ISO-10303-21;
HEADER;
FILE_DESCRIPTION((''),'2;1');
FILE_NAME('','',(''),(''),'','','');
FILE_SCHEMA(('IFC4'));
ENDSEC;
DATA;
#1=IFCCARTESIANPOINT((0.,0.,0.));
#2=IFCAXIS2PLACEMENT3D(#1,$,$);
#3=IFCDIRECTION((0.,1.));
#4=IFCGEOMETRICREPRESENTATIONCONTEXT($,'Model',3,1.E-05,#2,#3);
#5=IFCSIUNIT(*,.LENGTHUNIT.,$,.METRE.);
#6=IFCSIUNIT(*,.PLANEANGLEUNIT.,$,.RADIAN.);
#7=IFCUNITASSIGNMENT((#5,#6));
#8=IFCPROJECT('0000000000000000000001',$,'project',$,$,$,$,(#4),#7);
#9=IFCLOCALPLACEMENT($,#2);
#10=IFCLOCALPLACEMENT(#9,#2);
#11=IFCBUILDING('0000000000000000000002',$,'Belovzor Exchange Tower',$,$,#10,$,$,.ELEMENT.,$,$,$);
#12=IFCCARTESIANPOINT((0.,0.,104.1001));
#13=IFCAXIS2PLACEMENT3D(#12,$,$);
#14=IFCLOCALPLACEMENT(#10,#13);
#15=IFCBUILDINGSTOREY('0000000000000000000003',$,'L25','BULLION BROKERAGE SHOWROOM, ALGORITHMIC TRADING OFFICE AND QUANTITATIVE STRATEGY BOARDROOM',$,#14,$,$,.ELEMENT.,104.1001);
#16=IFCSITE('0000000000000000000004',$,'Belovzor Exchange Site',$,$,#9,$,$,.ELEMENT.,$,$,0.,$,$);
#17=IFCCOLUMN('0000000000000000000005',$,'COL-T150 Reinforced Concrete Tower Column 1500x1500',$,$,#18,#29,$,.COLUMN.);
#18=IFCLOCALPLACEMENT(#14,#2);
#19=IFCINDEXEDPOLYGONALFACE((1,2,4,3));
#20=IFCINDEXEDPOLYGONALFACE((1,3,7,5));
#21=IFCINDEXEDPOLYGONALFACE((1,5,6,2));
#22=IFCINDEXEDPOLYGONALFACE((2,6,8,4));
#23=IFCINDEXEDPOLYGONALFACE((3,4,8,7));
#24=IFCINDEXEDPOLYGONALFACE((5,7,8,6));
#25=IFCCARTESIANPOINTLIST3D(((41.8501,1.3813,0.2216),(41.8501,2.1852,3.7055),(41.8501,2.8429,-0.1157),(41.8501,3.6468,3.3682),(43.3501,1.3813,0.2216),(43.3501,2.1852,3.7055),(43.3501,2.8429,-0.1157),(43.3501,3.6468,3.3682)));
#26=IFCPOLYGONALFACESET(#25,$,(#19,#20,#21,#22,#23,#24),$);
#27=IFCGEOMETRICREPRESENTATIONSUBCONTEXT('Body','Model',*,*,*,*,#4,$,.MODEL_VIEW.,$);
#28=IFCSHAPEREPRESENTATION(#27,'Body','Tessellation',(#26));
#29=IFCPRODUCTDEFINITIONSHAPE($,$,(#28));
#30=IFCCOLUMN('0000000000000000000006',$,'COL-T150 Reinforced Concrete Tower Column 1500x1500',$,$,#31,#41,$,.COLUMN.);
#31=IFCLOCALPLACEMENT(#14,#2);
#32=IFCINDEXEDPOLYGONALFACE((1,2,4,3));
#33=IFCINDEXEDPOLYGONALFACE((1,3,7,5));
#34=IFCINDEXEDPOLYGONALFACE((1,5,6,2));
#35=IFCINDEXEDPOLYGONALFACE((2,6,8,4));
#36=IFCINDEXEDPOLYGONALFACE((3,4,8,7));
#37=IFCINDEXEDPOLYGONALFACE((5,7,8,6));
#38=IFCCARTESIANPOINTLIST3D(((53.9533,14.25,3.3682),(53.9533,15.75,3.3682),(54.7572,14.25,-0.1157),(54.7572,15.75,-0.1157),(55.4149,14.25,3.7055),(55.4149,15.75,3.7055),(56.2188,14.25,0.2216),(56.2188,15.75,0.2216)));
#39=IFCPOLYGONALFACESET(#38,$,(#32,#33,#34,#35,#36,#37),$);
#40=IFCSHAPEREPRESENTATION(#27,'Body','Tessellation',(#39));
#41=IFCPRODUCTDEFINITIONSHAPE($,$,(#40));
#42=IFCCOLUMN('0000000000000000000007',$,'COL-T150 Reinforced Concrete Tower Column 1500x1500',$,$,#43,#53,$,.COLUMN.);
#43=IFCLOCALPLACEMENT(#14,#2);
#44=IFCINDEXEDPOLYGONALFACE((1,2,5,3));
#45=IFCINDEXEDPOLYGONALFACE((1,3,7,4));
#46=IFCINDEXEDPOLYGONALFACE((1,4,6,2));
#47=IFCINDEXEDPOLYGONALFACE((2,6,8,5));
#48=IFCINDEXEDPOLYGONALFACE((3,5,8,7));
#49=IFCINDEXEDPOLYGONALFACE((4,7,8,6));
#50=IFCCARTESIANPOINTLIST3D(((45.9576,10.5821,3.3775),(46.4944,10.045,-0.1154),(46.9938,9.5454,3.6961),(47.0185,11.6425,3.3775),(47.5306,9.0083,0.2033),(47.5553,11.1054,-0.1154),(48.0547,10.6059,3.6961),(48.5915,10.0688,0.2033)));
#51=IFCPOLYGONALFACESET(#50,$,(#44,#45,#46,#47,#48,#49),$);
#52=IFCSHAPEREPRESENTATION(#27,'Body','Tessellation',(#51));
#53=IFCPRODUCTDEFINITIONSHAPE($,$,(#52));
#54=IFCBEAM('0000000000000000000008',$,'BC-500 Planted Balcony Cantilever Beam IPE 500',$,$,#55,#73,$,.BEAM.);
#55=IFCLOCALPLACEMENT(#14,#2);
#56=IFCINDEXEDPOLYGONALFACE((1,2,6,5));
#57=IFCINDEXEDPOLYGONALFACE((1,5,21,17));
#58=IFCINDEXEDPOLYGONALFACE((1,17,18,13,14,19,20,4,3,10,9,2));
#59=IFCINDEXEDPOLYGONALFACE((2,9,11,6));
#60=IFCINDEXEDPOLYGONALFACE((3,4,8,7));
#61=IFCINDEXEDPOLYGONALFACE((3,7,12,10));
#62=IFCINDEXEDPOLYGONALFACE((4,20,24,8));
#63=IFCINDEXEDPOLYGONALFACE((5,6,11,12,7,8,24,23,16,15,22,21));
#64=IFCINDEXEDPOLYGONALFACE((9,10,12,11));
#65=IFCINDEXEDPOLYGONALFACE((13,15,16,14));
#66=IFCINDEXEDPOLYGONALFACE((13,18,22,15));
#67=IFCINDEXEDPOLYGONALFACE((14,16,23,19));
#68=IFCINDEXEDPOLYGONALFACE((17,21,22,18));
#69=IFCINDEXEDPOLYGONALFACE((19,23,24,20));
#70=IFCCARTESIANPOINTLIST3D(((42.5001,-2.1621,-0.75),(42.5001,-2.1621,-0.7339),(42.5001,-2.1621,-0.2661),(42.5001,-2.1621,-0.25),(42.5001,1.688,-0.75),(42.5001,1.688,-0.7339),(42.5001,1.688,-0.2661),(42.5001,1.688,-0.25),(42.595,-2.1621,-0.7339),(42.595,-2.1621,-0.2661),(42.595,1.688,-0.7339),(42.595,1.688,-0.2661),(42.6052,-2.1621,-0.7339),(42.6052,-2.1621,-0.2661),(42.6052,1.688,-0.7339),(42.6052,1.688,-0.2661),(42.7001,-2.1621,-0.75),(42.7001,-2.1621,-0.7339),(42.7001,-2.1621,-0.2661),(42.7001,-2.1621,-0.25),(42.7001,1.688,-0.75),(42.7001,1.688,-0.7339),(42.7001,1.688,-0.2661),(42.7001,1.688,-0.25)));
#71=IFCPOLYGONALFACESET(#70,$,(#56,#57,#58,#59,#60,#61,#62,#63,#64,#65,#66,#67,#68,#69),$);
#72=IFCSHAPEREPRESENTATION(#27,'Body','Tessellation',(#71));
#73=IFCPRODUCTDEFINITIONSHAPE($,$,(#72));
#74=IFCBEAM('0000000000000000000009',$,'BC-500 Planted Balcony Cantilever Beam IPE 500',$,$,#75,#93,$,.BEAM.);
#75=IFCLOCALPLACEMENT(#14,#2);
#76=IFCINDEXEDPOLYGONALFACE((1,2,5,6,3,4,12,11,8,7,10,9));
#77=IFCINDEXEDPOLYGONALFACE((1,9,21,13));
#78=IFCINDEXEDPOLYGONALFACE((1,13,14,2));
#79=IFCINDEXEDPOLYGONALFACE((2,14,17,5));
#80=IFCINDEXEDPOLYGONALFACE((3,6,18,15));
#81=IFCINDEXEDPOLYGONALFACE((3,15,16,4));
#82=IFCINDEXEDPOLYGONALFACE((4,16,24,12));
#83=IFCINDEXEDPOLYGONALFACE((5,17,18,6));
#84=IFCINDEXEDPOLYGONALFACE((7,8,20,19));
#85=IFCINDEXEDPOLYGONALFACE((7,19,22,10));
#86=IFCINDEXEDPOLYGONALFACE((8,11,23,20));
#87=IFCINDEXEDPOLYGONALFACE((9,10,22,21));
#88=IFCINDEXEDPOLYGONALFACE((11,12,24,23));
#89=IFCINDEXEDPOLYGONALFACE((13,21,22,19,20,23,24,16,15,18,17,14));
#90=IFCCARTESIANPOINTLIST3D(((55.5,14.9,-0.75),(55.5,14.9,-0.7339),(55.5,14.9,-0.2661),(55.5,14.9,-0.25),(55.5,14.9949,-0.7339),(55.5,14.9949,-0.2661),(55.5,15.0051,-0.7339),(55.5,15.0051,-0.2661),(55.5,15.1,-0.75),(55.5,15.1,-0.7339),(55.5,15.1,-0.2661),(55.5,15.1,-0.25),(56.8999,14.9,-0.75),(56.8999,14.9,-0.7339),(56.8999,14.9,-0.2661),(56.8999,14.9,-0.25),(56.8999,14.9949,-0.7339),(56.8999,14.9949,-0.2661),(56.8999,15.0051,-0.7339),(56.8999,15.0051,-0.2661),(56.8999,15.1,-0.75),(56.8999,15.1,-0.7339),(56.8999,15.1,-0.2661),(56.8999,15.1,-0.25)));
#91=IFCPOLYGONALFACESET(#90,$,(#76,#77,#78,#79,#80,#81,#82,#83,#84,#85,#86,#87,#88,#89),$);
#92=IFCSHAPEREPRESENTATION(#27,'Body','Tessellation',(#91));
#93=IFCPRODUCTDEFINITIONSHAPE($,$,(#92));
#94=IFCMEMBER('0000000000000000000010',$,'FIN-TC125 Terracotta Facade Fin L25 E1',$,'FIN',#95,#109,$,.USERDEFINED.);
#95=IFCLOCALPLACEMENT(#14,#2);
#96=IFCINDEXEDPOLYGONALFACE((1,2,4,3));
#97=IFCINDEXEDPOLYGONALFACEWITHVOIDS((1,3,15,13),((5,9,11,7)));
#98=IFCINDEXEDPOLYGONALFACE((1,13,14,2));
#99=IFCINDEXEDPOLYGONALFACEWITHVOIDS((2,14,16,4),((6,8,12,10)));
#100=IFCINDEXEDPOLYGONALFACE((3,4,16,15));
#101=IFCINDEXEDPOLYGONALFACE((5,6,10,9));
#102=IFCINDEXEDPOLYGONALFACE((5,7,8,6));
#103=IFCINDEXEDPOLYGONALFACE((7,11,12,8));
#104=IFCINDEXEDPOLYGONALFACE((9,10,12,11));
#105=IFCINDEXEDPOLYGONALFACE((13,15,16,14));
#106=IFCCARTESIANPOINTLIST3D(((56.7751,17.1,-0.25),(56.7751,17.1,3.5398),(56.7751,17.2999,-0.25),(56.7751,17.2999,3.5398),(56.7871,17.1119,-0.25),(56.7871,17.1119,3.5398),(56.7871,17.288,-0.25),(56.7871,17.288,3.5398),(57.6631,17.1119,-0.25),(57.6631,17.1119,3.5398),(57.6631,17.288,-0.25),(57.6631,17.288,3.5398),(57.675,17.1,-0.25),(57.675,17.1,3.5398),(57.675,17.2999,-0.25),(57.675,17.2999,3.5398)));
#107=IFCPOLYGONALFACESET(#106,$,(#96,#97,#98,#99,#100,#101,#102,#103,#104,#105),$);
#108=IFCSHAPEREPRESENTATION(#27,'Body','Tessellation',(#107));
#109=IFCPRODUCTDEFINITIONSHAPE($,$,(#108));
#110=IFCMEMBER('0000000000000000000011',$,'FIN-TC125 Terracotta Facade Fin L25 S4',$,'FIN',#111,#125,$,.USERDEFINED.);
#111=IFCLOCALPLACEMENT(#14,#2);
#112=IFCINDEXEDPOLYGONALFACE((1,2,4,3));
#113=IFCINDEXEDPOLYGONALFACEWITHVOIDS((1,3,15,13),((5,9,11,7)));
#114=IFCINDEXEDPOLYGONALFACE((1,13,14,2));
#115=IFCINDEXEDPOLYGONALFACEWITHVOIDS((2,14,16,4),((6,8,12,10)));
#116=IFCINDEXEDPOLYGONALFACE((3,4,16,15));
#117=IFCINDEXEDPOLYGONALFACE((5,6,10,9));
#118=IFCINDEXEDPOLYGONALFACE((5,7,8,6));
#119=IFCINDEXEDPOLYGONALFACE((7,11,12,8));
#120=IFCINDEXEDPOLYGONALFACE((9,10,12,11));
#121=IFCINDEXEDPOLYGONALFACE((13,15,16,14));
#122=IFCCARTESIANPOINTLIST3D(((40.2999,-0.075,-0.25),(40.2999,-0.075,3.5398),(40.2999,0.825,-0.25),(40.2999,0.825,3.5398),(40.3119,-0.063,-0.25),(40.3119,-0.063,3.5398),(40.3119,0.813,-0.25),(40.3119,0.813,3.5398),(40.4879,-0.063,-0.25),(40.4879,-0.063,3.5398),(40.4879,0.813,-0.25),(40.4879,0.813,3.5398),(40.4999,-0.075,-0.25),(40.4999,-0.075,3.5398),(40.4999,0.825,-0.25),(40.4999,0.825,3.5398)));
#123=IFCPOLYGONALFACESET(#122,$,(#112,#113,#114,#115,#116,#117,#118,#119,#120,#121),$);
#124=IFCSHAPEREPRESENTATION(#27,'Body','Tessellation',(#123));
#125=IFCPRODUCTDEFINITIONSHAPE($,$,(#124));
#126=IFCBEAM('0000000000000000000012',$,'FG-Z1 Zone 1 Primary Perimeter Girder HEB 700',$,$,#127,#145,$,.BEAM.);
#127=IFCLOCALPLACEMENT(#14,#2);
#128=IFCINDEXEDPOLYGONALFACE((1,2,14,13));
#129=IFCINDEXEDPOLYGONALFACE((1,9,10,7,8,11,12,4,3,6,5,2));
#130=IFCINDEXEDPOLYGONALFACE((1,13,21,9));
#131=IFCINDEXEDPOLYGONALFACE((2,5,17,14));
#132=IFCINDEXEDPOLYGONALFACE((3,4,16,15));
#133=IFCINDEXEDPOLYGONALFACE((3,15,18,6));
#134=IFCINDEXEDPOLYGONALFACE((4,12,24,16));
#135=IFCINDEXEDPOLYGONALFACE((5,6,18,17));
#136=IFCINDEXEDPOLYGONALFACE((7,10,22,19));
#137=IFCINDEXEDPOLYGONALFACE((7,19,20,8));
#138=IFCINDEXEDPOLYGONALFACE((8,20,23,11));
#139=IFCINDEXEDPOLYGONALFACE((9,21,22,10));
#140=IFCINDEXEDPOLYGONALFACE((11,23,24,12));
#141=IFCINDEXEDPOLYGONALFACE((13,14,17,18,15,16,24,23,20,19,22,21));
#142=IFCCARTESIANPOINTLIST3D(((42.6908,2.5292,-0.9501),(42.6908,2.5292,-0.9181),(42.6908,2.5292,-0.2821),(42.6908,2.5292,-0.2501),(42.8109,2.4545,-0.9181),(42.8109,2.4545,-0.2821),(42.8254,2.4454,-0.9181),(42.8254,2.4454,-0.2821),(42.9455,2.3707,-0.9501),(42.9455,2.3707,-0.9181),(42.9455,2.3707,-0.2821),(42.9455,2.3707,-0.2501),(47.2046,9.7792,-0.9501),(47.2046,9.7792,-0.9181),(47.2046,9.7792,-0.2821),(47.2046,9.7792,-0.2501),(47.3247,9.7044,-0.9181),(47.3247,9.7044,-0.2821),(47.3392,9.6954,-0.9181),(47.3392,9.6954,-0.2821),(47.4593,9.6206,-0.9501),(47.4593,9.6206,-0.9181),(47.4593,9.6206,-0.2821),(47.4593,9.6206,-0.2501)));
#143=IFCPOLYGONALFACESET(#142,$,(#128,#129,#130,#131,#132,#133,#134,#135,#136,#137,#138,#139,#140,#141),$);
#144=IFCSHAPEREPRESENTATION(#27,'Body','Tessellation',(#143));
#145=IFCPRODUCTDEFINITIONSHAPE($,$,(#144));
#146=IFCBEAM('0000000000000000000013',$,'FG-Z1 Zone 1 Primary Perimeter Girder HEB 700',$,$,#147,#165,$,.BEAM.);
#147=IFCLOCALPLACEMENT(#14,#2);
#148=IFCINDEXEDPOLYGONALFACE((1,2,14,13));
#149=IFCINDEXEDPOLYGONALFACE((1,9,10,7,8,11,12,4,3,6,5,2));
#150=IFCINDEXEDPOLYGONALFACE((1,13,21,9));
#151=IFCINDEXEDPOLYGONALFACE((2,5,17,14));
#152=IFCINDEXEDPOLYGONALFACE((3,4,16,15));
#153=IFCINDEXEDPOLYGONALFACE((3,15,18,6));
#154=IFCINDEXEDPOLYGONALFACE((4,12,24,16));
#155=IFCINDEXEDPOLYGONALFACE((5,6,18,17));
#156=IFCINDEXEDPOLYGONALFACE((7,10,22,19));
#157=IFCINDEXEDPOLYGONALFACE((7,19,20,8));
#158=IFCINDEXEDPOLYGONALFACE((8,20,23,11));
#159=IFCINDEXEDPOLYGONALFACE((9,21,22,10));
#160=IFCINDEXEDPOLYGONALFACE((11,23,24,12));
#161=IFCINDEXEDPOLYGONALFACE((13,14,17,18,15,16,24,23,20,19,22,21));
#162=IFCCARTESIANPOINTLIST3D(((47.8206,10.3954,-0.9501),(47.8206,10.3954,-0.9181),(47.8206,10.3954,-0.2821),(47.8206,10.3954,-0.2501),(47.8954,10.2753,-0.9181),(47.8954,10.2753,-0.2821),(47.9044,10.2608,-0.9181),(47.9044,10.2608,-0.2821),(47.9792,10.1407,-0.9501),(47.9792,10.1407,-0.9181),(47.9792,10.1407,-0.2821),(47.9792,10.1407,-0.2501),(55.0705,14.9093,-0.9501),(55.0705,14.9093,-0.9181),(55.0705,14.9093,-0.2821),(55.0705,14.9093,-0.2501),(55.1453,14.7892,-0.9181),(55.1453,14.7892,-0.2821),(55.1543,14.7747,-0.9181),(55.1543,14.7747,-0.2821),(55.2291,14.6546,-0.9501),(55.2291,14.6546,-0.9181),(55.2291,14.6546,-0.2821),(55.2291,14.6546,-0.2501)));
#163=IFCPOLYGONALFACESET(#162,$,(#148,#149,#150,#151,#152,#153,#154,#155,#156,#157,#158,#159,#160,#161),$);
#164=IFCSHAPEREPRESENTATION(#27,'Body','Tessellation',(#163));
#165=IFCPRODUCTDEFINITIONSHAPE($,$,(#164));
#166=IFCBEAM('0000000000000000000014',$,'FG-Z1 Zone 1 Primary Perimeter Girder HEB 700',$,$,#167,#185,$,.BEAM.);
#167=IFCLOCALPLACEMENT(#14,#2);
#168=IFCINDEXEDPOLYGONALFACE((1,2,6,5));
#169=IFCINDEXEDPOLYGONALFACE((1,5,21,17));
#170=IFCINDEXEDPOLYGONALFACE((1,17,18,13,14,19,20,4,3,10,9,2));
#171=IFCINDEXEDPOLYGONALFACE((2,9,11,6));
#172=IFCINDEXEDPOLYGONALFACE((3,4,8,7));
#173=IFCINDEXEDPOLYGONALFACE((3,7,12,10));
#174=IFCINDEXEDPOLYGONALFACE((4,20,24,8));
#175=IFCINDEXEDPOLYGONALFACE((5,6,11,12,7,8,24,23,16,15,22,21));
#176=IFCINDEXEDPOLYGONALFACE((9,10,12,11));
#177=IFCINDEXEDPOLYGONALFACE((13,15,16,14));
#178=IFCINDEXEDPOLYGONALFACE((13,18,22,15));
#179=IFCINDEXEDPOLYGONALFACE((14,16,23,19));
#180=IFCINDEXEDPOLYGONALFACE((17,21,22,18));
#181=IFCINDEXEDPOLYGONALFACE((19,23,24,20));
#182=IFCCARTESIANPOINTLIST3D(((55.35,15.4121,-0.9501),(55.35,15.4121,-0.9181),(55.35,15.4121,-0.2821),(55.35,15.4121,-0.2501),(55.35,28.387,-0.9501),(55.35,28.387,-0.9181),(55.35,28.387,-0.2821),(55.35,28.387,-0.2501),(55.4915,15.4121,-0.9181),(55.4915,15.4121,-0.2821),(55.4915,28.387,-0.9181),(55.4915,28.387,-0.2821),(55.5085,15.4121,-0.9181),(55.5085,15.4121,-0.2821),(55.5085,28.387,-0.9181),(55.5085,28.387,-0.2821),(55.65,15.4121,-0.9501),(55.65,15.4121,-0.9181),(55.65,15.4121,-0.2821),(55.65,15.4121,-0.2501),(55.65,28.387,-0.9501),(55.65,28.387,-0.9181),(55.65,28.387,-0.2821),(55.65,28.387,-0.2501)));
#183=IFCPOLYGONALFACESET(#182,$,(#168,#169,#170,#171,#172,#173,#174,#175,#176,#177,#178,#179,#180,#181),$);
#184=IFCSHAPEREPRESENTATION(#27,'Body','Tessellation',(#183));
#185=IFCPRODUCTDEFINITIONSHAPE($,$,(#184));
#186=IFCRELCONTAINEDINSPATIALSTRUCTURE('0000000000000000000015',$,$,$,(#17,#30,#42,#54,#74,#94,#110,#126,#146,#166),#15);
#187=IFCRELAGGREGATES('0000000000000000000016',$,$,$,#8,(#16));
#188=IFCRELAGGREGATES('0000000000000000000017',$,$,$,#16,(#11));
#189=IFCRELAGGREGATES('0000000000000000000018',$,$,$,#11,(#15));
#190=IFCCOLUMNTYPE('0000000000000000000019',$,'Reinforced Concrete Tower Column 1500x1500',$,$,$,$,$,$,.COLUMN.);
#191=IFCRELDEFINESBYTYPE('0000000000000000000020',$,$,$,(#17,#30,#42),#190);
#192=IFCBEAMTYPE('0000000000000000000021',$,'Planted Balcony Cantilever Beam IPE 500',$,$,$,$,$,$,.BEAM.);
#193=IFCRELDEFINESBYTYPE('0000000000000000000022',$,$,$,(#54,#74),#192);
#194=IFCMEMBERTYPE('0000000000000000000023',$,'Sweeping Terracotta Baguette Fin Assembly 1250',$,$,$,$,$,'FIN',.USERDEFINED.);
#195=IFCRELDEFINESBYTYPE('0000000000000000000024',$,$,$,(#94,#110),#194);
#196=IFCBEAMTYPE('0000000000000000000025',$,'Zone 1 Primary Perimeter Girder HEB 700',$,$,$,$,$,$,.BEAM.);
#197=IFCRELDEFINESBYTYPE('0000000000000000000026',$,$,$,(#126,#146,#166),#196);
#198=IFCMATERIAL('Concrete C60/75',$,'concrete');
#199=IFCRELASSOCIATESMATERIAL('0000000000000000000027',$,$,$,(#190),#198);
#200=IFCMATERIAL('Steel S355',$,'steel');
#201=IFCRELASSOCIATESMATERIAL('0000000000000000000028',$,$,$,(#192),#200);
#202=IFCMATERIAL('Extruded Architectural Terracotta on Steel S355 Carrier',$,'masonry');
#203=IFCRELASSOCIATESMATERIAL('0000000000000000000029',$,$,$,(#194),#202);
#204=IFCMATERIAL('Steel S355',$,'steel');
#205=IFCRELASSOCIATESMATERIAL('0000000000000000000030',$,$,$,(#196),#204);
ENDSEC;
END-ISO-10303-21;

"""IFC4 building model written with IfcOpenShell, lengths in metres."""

from ifc_helpers import new_model, si_unit, direction, frame, origin, origin_2d, place, context, subcontext, project, spatial, rectangle, hollow_rectangle, i_section, extrude, material, material_profile, profile_set, type_object, element, save


model = new_model("IFC4")

# Units and contexts
model_context = context("Model", 3, precision=1e-05, world=origin(), true_north=direction((0.0, 1.0)))
body_context = subcontext(model_context, "Body", "Model", "MODEL_VIEW")
ifc_project = project(units=[si_unit("LENGTHUNIT", "METRE"), si_unit("PLANEANGLEUNIT", "RADIAN")], contexts=[model_context])

# Site, building, storey
site_placement = place(None, origin())
site = spatial("IfcSite", under=ifc_project, at=site_placement, Name="Belovzor Exchange Site", CompositionType="ELEMENT", RefElevation=0.0)
building_placement = place(site_placement, origin())
building = spatial("IfcBuilding", under=site, at=building_placement, Name="Belovzor Exchange Tower", CompositionType="ELEMENT")
storey_placement = place(building_placement, frame((0.0, 0.0, 104.1001)))
storey = spatial("IfcBuildingStorey", under=building, at=storey_placement, Name="L25", Description="BULLION BROKERAGE SHOWROOM, ALGORITHMIC TRADING OFFICE AND QUANTITATIVE STRATEGY BOARDROOM", CompositionType="ELEMENT", Elevation=104.1001)

# Columns
ifc_material_1 = material(Name="Concrete C60/75", Category="concrete")
ifc_material_profile_1 = material_profile(ifc_material_1, rectangle(XDim=1.5, YDim=1.5, at=origin_2d()))
ifc_profile_set_1 = profile_set([ifc_material_profile_1], Name="Concrete C60/75")
column_type = type_object("IfcColumnType", Name="Reinforced Concrete Tower Column 1500x1500", PredefinedType="COLUMN", material=ifc_profile_set_1)
for number, where, z_axis, x_axis, name in (
    (1, (42.6001, 2.1121, 0.053), (0.0, 0.224855, 0.974392), (-1.0, 0.0, 0.0), "COL-T150 Reinforced Concrete Tower Column 1500x1500"),
    (2, (55.488, 15.0, 0.053), (-0.224855, 0.0, 0.974392), (0.0, -1.0, 0.0), "COL-T150 Reinforced Concrete Tower Column 1500x1500"),
):
    element("IfcColumn", number, at=place(storey_placement, frame(where, z_axis=z_axis, x_axis=x_axis)), inside=storey, type_object=column_type, Name=name, PredefinedType="COLUMN", context=body_context, shape_type="SweptSolid", body=[
        extrude(rectangle(XDim=1.5, YDim=1.5, at=origin_2d()), origin(), (0.0, 0.0, 1.0), 3.5754),
    ])
column_placement = place(storey_placement, frame((47.543, 10.0569, 0.0439), z_axis=(-0.150192, 0.150261, 0.977171), x_axis=(-0.707268, -0.706946, 0.0)))
element("IfcColumn", 3, at=column_placement, inside=storey, type_object=column_type, Name="COL-T150 Reinforced Concrete Tower Column 1500x1500", PredefinedType="COLUMN", context=body_context, shape_type="SweptSolid", body=[
    extrude(rectangle(XDim=1.5, YDim=1.5, at=origin_2d()), origin(), (0.0, 0.0, 1.0), 3.5745),
])

# Beams
ifc_material_2 = material(Name="Steel S355", Category="steel")
ifc_material_profile_2 = material_profile(ifc_material_2, i_section(OverallWidth=0.2, OverallDepth=0.5, WebThickness=0.0103, FlangeThickness=0.0161, at=origin_2d()))
ifc_profile_set_2 = profile_set([ifc_material_profile_2], Name="Steel S355")
beam_type_1 = type_object("IfcBeamType", Name="Planted Balcony Cantilever Beam IPE 500", PredefinedType="BEAM", material=ifc_profile_set_2)
beam_1_placement = place(storey_placement, frame((42.6001, 1.688, -0.5), z_axis=(0.0, -1.0, 0.0), x_axis=(1.0, 0.0, 0.0)))
element("IfcBeam", 4, at=beam_1_placement, inside=storey, type_object=beam_type_1, Name="BC-500 Planted Balcony Cantilever Beam IPE 500", PredefinedType="BEAM", context=body_context, shape_type="SweptSolid", body=[
    extrude(i_section(OverallWidth=0.2, OverallDepth=0.5, WebThickness=0.0103, FlangeThickness=0.0161, at=origin_2d()), origin(), (0.0, 0.0, 1.0), 3.8501),
])
beam_2_placement = place(storey_placement, frame((55.5, 15.0, -0.5), z_axis=(1.0, 0.0, 0.0), x_axis=(0.0, 1.0, 0.0)))
element("IfcBeam", 5, at=beam_2_placement, inside=storey, type_object=beam_type_1, Name="BC-500 Planted Balcony Cantilever Beam IPE 500", PredefinedType="BEAM", context=body_context, shape_type="SweptSolid", body=[
    extrude(i_section(OverallWidth=0.2, OverallDepth=0.5, WebThickness=0.0103, FlangeThickness=0.0161, at=origin_2d()), origin(), (0.0, 0.0, 1.0), 1.3999),
])

# Members
ifc_material_3 = material(Name="Extruded Architectural Terracotta on Steel S355 Carrier", Category="masonry")
ifc_material_profile_3 = material_profile(ifc_material_3, hollow_rectangle(XDim=0.2, YDim=0.8999, WallThickness=0.012, at=origin_2d()))
ifc_profile_set_3 = profile_set([ifc_material_profile_3], Name="Extruded Architectural Terracotta on Steel S355 Carrier")
member_type = type_object("IfcMemberType", Name="Sweeping Terracotta Baguette Fin Assembly 1250", ElementType="FIN", PredefinedType="USERDEFINED", material=ifc_profile_set_3)
for number, where, z_axis, x_axis, name in (
    (6, (57.2251, 17.2, -0.25), (0.0, 0.0, 1.0), (0.0, 1.0, 0.0), "FIN-TC125 Terracotta Facade Fin L25 E1"),
    (7, (40.3999, 0.375, -0.25), (0.0, 0.0, 1.0), (1.0, 0.0, 0.0), "FIN-TC125 Terracotta Facade Fin L25 S4"),
):
    element("IfcMember", number, at=place(storey_placement, frame(where, z_axis=z_axis, x_axis=x_axis)), inside=storey, type_object=member_type, Name=name, ObjectType="FIN", PredefinedType="USERDEFINED", context=body_context, shape_type="SweptSolid", body=[
        extrude(hollow_rectangle(XDim=0.2, YDim=0.8999, WallThickness=0.012, at=origin_2d()), origin(), (0.0, 0.0, 1.0), 3.7898),
    ])

# Beams
ifc_material_4 = material(Name="Steel S355", Category="steel")
ifc_material_profile_4 = material_profile(ifc_material_4, i_section(OverallWidth=0.3, OverallDepth=0.7, WebThickness=0.0171, FlangeThickness=0.032, at=origin_2d()))
ifc_profile_set_4 = profile_set([ifc_material_profile_4], Name="Steel S355")
beam_type_2 = type_object("IfcBeamType", Name="Zone 1 Primary Perimeter Girder HEB 700", PredefinedType="BEAM", material=ifc_profile_set_4)
for number, where, z_axis, x_axis, name in (
    (8, (42.8181, 2.45, -0.6001), (0.528539, 0.848909, 0.0), (-0.848909, 0.528539, 0.0), "FG-Z1 Zone 1 Primary Perimeter Girder HEB 700"),
    (9, (47.8999, 10.2681, -0.6001), (0.848909, 0.528539, 0.0), (-0.528539, 0.848909, 0.0), "FG-Z1 Zone 1 Primary Perimeter Girder HEB 700"),
):
    element("IfcBeam", number, at=place(storey_placement, frame(where, z_axis=z_axis, x_axis=x_axis)), inside=storey, type_object=beam_type_2, Name=name, PredefinedType="BEAM", context=body_context, shape_type="SweptSolid", body=[
        extrude(i_section(OverallWidth=0.3, OverallDepth=0.7, WebThickness=0.0171, FlangeThickness=0.032, at=origin_2d()), origin(), (0.0, 0.0, 1.0), 8.5403),
    ])
beam_3_placement = place(storey_placement, frame((55.5, 15.4121, -0.6001), z_axis=(0.0, 1.0, 0.0), x_axis=(-1.0, 0.0, 0.0)))
element("IfcBeam", 10, at=beam_3_placement, inside=storey, type_object=beam_type_2, Name="FG-Z1 Zone 1 Primary Perimeter Girder HEB 700", PredefinedType="BEAM", context=body_context, shape_type="SweptSolid", body=[
    extrude(i_section(OverallWidth=0.3, OverallDepth=0.7, WebThickness=0.0171, FlangeThickness=0.032, at=origin_2d()), origin(), (0.0, 0.0, 1.0), 12.9749),
])

save(model, "model.ifc")
